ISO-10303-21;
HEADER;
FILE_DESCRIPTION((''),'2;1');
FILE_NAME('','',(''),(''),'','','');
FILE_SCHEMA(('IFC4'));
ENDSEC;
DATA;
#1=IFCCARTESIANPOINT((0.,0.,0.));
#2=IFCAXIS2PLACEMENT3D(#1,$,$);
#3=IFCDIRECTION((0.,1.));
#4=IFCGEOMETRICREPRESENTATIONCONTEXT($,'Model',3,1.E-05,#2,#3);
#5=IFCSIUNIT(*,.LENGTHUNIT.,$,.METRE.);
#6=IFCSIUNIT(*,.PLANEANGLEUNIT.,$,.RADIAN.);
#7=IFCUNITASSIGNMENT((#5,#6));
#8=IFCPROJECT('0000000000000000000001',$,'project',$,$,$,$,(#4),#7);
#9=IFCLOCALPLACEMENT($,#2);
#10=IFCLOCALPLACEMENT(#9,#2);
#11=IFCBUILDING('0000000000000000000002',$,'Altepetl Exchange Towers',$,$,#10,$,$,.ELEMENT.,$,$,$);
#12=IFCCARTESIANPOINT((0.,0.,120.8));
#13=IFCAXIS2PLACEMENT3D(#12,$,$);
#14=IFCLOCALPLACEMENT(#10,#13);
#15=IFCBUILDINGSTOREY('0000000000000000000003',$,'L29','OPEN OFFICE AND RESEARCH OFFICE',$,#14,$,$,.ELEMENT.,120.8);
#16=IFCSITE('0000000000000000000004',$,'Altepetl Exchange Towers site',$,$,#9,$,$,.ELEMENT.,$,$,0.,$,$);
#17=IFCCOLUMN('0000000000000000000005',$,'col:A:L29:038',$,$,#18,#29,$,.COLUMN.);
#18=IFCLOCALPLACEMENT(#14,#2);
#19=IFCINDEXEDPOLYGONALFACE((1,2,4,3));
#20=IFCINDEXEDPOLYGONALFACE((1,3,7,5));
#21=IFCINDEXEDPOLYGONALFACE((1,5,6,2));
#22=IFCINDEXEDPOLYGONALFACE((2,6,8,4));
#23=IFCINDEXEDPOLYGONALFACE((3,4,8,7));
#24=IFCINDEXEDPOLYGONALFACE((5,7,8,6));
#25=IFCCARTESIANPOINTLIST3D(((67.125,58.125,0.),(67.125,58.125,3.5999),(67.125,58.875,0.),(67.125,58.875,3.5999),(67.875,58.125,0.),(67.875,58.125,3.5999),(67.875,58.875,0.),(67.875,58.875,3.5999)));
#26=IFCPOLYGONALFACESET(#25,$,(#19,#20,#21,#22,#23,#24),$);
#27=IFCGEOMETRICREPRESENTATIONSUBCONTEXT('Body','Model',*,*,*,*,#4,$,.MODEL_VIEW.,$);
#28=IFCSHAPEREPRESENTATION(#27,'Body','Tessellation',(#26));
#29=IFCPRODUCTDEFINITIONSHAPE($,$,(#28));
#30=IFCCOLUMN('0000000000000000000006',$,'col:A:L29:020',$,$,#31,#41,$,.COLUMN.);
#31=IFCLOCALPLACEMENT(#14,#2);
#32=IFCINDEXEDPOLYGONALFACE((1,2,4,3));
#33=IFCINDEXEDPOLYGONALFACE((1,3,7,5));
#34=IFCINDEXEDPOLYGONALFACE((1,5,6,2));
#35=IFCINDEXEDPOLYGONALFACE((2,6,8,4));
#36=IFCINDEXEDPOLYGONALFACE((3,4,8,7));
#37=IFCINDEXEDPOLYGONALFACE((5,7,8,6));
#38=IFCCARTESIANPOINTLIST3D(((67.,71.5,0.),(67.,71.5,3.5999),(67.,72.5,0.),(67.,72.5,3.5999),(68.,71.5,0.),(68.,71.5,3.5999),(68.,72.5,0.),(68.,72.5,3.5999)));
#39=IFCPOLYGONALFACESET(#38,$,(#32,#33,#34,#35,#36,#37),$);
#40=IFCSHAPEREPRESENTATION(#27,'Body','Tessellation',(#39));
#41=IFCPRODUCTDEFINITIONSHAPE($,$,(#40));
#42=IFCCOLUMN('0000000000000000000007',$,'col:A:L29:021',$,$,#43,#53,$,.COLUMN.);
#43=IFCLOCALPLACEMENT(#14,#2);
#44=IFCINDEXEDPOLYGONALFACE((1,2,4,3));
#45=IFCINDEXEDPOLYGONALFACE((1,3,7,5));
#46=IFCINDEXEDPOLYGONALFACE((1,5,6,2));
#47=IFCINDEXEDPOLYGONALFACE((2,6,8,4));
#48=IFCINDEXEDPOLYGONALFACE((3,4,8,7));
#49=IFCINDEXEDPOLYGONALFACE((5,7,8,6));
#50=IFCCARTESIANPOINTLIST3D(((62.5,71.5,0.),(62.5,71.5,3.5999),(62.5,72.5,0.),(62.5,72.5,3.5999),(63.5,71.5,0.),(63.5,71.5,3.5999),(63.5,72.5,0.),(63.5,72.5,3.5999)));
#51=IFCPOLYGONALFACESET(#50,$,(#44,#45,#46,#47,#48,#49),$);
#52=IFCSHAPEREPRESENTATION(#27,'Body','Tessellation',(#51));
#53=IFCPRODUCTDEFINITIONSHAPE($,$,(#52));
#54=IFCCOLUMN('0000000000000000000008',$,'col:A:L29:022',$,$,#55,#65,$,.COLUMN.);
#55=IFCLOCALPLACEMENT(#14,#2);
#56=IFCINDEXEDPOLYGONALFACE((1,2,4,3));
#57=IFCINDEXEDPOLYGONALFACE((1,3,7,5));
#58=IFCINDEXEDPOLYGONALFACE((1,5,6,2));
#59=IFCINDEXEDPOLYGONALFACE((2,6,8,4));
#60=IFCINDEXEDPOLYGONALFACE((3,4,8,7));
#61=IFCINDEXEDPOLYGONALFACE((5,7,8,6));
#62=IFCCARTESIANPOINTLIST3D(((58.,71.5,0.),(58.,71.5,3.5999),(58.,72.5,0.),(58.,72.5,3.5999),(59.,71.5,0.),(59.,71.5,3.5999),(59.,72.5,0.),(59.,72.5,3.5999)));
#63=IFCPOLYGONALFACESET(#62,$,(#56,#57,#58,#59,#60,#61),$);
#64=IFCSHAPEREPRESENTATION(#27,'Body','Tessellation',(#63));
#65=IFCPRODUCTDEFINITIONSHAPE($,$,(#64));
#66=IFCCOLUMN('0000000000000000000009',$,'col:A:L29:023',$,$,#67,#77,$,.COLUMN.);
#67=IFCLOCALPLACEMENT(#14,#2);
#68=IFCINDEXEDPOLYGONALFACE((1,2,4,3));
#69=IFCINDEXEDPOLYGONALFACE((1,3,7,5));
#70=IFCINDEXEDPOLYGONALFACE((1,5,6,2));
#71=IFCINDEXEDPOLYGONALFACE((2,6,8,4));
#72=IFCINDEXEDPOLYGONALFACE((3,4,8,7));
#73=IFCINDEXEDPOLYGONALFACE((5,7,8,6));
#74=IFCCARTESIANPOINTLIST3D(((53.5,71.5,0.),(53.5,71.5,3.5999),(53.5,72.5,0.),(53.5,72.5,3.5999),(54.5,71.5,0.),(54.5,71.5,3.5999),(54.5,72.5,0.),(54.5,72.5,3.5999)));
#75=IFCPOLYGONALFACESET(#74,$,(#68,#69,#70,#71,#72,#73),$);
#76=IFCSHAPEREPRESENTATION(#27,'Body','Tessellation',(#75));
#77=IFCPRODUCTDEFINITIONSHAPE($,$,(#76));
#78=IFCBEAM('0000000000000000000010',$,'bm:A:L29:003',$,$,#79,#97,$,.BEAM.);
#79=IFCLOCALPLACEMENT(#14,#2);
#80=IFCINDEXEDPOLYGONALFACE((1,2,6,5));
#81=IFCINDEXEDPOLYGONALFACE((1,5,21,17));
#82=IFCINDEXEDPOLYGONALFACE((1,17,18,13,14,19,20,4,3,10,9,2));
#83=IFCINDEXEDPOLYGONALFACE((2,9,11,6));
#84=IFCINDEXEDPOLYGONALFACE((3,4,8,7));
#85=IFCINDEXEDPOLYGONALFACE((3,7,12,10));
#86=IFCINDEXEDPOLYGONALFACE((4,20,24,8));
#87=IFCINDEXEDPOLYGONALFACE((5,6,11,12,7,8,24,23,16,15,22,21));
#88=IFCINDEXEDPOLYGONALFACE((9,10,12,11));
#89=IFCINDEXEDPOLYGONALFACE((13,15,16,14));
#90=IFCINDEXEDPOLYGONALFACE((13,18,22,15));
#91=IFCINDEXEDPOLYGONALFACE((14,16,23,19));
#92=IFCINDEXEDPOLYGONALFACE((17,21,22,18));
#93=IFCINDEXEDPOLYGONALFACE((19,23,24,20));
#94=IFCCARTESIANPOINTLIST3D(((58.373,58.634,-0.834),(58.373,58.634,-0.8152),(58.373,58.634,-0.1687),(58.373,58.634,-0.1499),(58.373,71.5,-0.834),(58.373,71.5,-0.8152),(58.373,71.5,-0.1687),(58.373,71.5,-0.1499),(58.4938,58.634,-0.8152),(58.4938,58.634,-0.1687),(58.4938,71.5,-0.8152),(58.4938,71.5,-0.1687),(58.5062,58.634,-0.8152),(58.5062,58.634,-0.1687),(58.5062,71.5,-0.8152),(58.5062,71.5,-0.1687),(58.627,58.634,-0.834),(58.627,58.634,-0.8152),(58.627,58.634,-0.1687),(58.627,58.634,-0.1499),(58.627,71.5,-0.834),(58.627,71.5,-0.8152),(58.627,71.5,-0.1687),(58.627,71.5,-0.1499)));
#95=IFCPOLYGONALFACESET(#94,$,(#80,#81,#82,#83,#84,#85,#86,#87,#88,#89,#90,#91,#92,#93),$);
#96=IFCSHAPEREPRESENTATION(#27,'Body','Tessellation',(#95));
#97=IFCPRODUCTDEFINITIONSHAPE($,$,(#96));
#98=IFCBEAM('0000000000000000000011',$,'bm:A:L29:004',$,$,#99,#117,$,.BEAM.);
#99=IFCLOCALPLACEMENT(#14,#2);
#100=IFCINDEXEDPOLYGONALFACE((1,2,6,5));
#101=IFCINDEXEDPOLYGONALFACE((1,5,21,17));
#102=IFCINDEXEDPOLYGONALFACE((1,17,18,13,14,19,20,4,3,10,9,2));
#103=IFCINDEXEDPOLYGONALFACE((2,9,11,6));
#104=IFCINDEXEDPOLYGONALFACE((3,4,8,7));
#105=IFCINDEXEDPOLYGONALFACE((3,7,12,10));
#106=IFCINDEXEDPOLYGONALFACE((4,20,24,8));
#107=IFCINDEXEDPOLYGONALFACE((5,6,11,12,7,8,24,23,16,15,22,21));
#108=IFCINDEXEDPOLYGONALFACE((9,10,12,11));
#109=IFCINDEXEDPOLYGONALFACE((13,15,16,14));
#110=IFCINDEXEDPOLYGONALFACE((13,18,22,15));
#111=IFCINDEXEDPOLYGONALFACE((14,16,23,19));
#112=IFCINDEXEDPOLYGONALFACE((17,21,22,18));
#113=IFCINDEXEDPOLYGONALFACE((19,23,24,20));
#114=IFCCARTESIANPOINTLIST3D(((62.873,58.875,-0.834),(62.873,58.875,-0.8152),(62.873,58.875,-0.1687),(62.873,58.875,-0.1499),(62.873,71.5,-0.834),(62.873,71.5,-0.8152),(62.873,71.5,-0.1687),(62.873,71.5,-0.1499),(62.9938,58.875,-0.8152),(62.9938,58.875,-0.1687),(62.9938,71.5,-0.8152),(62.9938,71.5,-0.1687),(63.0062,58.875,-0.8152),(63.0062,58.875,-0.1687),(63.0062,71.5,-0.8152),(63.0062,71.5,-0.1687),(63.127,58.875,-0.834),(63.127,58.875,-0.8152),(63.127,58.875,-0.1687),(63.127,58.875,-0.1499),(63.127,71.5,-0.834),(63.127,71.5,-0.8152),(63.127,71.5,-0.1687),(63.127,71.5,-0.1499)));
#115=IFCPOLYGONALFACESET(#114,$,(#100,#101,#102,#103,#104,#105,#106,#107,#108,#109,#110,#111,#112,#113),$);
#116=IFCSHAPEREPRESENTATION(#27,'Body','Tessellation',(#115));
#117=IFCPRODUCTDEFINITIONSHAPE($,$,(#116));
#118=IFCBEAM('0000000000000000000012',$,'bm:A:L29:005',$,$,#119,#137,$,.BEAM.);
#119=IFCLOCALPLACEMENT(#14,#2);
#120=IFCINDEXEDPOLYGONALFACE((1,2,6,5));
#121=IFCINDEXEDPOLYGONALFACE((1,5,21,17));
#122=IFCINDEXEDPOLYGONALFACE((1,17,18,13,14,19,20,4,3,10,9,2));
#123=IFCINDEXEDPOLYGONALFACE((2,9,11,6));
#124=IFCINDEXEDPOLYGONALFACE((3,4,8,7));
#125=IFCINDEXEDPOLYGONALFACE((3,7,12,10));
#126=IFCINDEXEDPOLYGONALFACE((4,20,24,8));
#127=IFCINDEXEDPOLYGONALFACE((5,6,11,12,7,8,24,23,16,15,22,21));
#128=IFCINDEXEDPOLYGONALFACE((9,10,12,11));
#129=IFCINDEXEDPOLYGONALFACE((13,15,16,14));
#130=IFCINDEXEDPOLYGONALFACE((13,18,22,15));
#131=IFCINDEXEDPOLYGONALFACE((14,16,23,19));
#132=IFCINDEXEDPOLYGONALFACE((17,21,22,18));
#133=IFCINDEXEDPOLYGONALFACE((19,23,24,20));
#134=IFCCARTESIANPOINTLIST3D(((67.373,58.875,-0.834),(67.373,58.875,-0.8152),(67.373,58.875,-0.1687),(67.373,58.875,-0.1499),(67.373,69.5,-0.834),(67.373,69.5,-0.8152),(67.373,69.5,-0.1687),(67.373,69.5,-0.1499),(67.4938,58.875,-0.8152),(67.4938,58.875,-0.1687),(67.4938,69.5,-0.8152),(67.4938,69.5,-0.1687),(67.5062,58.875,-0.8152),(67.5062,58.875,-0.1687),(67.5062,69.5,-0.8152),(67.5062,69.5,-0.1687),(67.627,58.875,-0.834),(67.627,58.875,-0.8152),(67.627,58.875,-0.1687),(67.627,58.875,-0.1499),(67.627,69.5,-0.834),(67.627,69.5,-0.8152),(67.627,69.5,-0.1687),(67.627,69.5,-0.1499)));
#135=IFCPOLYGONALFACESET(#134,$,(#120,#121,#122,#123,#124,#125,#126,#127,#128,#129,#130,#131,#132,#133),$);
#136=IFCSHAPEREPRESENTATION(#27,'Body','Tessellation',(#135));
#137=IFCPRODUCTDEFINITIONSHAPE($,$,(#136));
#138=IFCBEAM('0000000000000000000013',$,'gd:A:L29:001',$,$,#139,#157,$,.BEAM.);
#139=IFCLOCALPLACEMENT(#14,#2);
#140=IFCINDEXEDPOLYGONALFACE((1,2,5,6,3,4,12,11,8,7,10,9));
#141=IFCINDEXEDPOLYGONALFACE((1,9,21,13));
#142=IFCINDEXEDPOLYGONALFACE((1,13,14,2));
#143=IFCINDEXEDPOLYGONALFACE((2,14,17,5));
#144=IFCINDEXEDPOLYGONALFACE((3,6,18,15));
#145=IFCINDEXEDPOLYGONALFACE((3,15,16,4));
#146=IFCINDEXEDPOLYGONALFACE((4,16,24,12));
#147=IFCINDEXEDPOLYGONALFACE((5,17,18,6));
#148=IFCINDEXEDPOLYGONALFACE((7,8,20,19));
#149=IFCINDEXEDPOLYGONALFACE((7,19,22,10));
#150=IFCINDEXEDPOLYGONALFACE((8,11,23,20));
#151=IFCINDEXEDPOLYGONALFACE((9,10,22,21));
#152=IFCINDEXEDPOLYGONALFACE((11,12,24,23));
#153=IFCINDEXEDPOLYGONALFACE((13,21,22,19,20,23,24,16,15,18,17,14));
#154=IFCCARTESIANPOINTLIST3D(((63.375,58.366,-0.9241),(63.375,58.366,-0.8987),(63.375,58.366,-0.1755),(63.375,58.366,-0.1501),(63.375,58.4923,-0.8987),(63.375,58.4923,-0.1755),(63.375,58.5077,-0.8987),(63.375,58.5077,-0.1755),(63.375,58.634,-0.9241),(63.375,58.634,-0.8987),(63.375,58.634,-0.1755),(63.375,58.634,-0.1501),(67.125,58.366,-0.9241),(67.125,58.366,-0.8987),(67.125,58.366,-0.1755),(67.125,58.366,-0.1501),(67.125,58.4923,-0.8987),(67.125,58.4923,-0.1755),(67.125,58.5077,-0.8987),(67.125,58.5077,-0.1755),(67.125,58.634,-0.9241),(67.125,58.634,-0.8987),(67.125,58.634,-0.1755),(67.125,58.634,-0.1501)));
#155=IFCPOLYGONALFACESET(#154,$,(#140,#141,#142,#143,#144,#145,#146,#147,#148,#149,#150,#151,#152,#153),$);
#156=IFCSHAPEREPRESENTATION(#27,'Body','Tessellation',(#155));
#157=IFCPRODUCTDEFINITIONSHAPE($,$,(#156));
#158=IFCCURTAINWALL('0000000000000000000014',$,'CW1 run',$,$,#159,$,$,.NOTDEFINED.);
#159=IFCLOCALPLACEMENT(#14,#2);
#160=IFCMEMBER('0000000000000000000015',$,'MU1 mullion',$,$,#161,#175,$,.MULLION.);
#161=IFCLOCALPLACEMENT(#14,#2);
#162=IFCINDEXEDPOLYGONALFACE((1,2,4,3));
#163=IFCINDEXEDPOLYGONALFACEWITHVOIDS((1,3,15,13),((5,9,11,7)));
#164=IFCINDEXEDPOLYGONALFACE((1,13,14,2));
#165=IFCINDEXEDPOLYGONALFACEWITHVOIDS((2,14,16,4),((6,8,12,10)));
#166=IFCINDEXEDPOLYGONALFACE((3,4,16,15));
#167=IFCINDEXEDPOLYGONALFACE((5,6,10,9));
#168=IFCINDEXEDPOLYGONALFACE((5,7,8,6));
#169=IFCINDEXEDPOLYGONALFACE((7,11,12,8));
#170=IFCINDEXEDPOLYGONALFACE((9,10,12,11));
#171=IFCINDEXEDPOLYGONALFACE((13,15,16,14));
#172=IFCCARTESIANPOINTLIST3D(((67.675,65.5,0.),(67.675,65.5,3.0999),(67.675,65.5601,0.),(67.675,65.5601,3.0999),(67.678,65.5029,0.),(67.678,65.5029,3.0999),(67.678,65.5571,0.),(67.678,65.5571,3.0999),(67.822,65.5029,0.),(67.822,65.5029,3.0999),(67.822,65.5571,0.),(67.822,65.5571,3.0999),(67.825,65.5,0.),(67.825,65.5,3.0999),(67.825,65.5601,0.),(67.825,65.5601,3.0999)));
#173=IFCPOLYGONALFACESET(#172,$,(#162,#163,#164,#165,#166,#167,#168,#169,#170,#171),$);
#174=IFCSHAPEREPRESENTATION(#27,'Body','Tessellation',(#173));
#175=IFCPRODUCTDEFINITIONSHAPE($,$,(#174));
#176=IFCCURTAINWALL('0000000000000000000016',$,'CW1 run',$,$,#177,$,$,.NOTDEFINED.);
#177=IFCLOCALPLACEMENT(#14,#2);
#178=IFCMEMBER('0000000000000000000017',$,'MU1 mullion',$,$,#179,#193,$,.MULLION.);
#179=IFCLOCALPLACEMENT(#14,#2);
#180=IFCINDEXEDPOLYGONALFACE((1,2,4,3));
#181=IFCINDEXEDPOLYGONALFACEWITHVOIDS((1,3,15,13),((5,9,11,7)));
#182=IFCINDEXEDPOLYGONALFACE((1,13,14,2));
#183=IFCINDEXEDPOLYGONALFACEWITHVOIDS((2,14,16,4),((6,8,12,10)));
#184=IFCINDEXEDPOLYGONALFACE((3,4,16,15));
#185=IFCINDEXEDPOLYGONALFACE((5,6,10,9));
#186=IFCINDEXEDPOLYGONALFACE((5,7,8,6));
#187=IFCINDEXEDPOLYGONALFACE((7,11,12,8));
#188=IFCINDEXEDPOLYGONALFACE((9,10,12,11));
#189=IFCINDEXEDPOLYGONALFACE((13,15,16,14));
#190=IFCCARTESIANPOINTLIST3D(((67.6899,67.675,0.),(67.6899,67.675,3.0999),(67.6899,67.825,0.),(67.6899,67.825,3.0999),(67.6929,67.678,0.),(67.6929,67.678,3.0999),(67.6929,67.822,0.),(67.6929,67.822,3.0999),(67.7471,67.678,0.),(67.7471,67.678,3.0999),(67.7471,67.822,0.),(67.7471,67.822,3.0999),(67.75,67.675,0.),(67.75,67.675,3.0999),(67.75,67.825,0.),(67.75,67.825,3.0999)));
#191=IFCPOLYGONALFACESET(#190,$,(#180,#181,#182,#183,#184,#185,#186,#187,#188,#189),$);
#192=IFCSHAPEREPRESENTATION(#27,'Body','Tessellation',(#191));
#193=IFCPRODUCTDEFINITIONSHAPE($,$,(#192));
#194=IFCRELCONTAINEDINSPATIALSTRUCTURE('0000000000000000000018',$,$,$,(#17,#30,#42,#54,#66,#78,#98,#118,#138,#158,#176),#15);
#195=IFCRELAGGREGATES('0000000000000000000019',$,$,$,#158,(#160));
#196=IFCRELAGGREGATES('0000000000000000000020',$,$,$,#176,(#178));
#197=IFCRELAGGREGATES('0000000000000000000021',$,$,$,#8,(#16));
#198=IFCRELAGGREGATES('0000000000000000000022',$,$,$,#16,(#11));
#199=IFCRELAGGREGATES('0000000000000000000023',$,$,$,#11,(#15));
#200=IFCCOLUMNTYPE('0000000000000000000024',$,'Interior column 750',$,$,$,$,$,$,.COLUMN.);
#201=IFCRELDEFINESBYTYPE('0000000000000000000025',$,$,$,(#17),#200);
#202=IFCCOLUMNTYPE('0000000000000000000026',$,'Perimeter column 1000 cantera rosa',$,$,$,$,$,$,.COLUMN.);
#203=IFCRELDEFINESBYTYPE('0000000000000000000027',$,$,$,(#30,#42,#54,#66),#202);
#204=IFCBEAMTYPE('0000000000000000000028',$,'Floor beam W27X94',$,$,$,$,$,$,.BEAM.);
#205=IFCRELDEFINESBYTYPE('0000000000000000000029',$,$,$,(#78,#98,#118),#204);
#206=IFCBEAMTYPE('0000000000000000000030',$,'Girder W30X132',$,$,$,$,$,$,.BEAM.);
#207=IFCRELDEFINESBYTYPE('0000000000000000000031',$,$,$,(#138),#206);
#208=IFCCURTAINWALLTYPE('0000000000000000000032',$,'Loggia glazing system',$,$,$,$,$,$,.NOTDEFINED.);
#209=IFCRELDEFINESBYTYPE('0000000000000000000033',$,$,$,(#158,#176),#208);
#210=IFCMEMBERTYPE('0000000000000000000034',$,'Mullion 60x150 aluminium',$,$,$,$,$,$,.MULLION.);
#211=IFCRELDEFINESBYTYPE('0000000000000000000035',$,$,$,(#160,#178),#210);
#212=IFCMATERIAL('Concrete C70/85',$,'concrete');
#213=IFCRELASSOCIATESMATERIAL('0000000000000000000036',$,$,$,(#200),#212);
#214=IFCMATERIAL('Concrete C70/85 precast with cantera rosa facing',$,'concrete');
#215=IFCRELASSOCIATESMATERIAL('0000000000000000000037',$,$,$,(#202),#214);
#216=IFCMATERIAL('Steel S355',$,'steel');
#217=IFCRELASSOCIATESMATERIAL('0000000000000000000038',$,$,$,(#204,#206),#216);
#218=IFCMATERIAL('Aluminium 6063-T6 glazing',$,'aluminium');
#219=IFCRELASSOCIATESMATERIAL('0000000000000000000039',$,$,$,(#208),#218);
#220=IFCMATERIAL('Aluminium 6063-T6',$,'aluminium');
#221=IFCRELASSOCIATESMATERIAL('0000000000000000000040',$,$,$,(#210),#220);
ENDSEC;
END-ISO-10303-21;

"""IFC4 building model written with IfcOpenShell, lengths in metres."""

from ifc_helpers import new_model, si_unit, direction, frame, origin, origin_2d, place, context, subcontext, project, spatial, rectangle, hollow_rectangle, i_section, extrude, material, material_profile, profile_set, type_object, element, aggregate, save


model = new_model("IFC4")

# Units and contexts
model_context = context("Model", 3, precision=1e-05, world=origin(), true_north=direction((0.0, 1.0)))
body_context = subcontext(model_context, "Body", "Model", "MODEL_VIEW")
ifc_project = project(units=[si_unit("LENGTHUNIT", "METRE"), si_unit("PLANEANGLEUNIT", "RADIAN")], contexts=[model_context])

# Site, building, storey
site_placement = place(None, origin())
site = spatial("IfcSite", under=ifc_project, at=site_placement, Name="Altepetl Exchange Towers site", CompositionType="ELEMENT", RefElevation=0.0)
building_placement = place(site_placement, origin())
building = spatial("IfcBuilding", under=site, at=building_placement, Name="Altepetl Exchange Towers", CompositionType="ELEMENT")
storey_placement = place(building_placement, frame((0.0, 0.0, 120.8)))
storey = spatial("IfcBuildingStorey", under=building, at=storey_placement, Name="L29", Description="OPEN OFFICE AND RESEARCH OFFICE", CompositionType="ELEMENT", Elevation=120.8)

# Columns
ifc_material_1 = material(Name="Concrete C70/85", Category="concrete")
ifc_material_profile_1 = material_profile(ifc_material_1, rectangle(XDim=0.75, YDim=0.75, at=origin_2d()), Name="750 x 750")
ifc_profile_set_1 = profile_set([ifc_material_profile_1], Name="Concrete C70/85")
column_type_1 = type_object("IfcColumnType", Name="Interior column 750", PredefinedType="COLUMN", material=ifc_profile_set_1)
column_placement = place(storey_placement, frame((67.5, 58.5, 0.0)))
element("IfcColumn", 1, at=column_placement, inside=storey, type_object=column_type_1, Name="col:A:L29:038", PredefinedType="COLUMN", context=body_context, shape_type="SweptSolid", body=[
    extrude(rectangle(XDim=0.75, YDim=0.75, at=origin_2d()), origin(), (0.0, 0.0, 1.0), 3.5999),
])
ifc_material_2 = material(Name="Concrete C70/85 precast with cantera rosa facing", Category="concrete")
ifc_material_profile_2 = material_profile(ifc_material_2, rectangle(XDim=1.0, YDim=1.0, at=origin_2d()), Name="1000 x 1000")
ifc_profile_set_2 = profile_set([ifc_material_profile_2], Name="Concrete C70/85 precast with cantera rosa facing")
column_type_2 = type_object("IfcColumnType", Name="Perimeter column 1000 cantera rosa", PredefinedType="COLUMN", material=ifc_profile_set_2)
for number, where, name in (
    (2, (67.5, 72.0, 0.0), "col:A:L29:020"),
    (3, (63.0, 72.0, 0.0), "col:A:L29:021"),
    (4, (58.5, 72.0, 0.0), "col:A:L29:022"),
    (5, (54.0, 72.0, 0.0), "col:A:L29:023"),
):
    element("IfcColumn", number, at=place(storey_placement, frame(where)), inside=storey, type_object=column_type_2, Name=name, PredefinedType="COLUMN", context=body_context, shape_type="SweptSolid", body=[
        extrude(rectangle(XDim=1.0, YDim=1.0, at=origin_2d()), origin(), (0.0, 0.0, 1.0), 3.5999),
    ])

# Beams
ifc_material_3 = material(Name="Steel S355", Category="steel")
ifc_material_profile_3 = material_profile(ifc_material_3, i_section(OverallWidth=0.2539, OverallDepth=0.6841, WebThickness=0.0125, FlangeThickness=0.0188, at=origin_2d()), Name="W27X94")
ifc_profile_set_3 = profile_set([ifc_material_profile_3], Name="Steel S355")
beam_type_1 = type_object("IfcBeamType", Name="Floor beam W27X94", PredefinedType="BEAM", material=ifc_profile_set_3)
beam_1_placement = place(storey_placement, frame((58.5, 58.634, -0.4919), z_axis=(0.0, 1.0, 0.0), x_axis=(-1.0, 0.0, 0.0)))
element("IfcBeam", 6, at=beam_1_placement, inside=storey, type_object=beam_type_1, Name="bm:A:L29:003", PredefinedType="BEAM", context=body_context, shape_type="SweptSolid", body=[
    extrude(i_section(OverallWidth=0.2539, OverallDepth=0.6841, WebThickness=0.0125, FlangeThickness=0.0188, at=origin_2d()), origin(), (0.0, 0.0, 1.0), 12.866),
])
beam_2_placement = place(storey_placement, frame((63.0, 58.875, -0.4919), z_axis=(0.0, 1.0, 0.0), x_axis=(-1.0, 0.0, 0.0)))
element("IfcBeam", 7, at=beam_2_placement, inside=storey, type_object=beam_type_1, Name="bm:A:L29:004", PredefinedType="BEAM", context=body_context, shape_type="SweptSolid", body=[
    extrude(i_section(OverallWidth=0.2539, OverallDepth=0.6841, WebThickness=0.0125, FlangeThickness=0.0188, at=origin_2d()), origin(), (0.0, 0.0, 1.0), 12.625),
])
beam_3_placement = place(storey_placement, frame((67.5, 58.875, -0.4919), z_axis=(0.0, 1.0, 0.0), x_axis=(-1.0, 0.0, 0.0)))
element("IfcBeam", 8, at=beam_3_placement, inside=storey, type_object=beam_type_1, Name="bm:A:L29:005", PredefinedType="BEAM", context=body_context, shape_type="SweptSolid", body=[
    extrude(i_section(OverallWidth=0.2539, OverallDepth=0.6841, WebThickness=0.0125, FlangeThickness=0.0188, at=origin_2d()), origin(), (0.0, 0.0, 1.0), 10.625),
])
ifc_material_profile_4 = material_profile(ifc_material_3, i_section(OverallWidth=0.2681, OverallDepth=0.7739, WebThickness=0.0154, FlangeThickness=0.0254, at=origin_2d()), Name="W30X132")
ifc_profile_set_4 = profile_set([ifc_material_profile_4], Name="Steel S355")
beam_type_2 = type_object("IfcBeamType", Name="Girder W30X132", PredefinedType="BEAM", material=ifc_profile_set_4)
beam_4_placement = place(storey_placement, frame((63.375, 58.5, -0.5371), z_axis=(1.0, 0.0, 0.0), x_axis=(0.0, 1.0, 0.0)))
element("IfcBeam", 9, at=beam_4_placement, inside=storey, type_object=beam_type_2, Name="gd:A:L29:001", PredefinedType="BEAM", context=body_context, shape_type="SweptSolid", body=[
    extrude(i_section(OverallWidth=0.2681, OverallDepth=0.7739, WebThickness=0.0154, FlangeThickness=0.0254, at=origin_2d()), origin(), (0.0, 0.0, 1.0), 3.75),
])

# Curtain wall, member
ifc_material_4 = material(Name="Aluminium 6063-T6 glazing", Category="aluminium")
curtain_wall_type = type_object("IfcCurtainWallType", Name="Loggia glazing system", PredefinedType="NOTDEFINED", material=ifc_material_4)
curtain_wall_1_placement = place(storey_placement, origin())
curtain_wall_1 = element("IfcCurtainWall", 10, at=curtain_wall_1_placement, inside=storey, type_object=curtain_wall_type, Name="CW1 run", PredefinedType="NOTDEFINED")
ifc_material_5 = material(Name="Aluminium 6063-T6", Category="aluminium")
ifc_material_profile_5 = material_profile(ifc_material_5, hollow_rectangle(XDim=0.0601, YDim=0.1499, WallThickness=0.0029, at=origin_2d()), Name="Mullion 60x150 aluminium")
ifc_profile_set_5 = profile_set([ifc_material_profile_5], Name="Aluminium 6063-T6")
member_type = type_object("IfcMemberType", Name="Mullion 60x150 aluminium", PredefinedType="MULLION", material=ifc_profile_set_5)
member_1_placement = place(storey_placement, frame((67.75, 65.53, 0.0), z_axis=(0.0, 0.0, 1.0), x_axis=(0.0, 1.0, 0.0)))
member_1 = element("IfcMember", 11, at=member_1_placement, type_object=member_type, Name="MU1 mullion", PredefinedType="MULLION", context=body_context, shape_type="SweptSolid", body=[
    extrude(hollow_rectangle(XDim=0.0601, YDim=0.1499, WallThickness=0.0029, at=origin_2d()), origin(), (0.0, 0.0, 1.0), 3.0999),
])
aggregate(curtain_wall_1, [member_1])

# Curtain wall, member
curtain_wall_2_placement = place(storey_placement, origin())
curtain_wall_2 = element("IfcCurtainWall", 12, at=curtain_wall_2_placement, inside=storey, type_object=curtain_wall_type, Name="CW1 run", PredefinedType="NOTDEFINED")
member_2_placement = place(storey_placement, frame((67.72, 67.75, 0.0), z_axis=(0.0, 0.0, 1.0), x_axis=(-1.0, 0.0, 0.0)))
member_2 = element("IfcMember", 13, at=member_2_placement, type_object=member_type, Name="MU1 mullion", PredefinedType="MULLION", context=body_context, shape_type="SweptSolid", body=[
    extrude(hollow_rectangle(XDim=0.0601, YDim=0.1499, WallThickness=0.0029, at=origin_2d()), origin(), (0.0, 0.0, 1.0), 3.0999),
])

aggregate(curtain_wall_2, [member_2])

save(model, "model.ifc")
